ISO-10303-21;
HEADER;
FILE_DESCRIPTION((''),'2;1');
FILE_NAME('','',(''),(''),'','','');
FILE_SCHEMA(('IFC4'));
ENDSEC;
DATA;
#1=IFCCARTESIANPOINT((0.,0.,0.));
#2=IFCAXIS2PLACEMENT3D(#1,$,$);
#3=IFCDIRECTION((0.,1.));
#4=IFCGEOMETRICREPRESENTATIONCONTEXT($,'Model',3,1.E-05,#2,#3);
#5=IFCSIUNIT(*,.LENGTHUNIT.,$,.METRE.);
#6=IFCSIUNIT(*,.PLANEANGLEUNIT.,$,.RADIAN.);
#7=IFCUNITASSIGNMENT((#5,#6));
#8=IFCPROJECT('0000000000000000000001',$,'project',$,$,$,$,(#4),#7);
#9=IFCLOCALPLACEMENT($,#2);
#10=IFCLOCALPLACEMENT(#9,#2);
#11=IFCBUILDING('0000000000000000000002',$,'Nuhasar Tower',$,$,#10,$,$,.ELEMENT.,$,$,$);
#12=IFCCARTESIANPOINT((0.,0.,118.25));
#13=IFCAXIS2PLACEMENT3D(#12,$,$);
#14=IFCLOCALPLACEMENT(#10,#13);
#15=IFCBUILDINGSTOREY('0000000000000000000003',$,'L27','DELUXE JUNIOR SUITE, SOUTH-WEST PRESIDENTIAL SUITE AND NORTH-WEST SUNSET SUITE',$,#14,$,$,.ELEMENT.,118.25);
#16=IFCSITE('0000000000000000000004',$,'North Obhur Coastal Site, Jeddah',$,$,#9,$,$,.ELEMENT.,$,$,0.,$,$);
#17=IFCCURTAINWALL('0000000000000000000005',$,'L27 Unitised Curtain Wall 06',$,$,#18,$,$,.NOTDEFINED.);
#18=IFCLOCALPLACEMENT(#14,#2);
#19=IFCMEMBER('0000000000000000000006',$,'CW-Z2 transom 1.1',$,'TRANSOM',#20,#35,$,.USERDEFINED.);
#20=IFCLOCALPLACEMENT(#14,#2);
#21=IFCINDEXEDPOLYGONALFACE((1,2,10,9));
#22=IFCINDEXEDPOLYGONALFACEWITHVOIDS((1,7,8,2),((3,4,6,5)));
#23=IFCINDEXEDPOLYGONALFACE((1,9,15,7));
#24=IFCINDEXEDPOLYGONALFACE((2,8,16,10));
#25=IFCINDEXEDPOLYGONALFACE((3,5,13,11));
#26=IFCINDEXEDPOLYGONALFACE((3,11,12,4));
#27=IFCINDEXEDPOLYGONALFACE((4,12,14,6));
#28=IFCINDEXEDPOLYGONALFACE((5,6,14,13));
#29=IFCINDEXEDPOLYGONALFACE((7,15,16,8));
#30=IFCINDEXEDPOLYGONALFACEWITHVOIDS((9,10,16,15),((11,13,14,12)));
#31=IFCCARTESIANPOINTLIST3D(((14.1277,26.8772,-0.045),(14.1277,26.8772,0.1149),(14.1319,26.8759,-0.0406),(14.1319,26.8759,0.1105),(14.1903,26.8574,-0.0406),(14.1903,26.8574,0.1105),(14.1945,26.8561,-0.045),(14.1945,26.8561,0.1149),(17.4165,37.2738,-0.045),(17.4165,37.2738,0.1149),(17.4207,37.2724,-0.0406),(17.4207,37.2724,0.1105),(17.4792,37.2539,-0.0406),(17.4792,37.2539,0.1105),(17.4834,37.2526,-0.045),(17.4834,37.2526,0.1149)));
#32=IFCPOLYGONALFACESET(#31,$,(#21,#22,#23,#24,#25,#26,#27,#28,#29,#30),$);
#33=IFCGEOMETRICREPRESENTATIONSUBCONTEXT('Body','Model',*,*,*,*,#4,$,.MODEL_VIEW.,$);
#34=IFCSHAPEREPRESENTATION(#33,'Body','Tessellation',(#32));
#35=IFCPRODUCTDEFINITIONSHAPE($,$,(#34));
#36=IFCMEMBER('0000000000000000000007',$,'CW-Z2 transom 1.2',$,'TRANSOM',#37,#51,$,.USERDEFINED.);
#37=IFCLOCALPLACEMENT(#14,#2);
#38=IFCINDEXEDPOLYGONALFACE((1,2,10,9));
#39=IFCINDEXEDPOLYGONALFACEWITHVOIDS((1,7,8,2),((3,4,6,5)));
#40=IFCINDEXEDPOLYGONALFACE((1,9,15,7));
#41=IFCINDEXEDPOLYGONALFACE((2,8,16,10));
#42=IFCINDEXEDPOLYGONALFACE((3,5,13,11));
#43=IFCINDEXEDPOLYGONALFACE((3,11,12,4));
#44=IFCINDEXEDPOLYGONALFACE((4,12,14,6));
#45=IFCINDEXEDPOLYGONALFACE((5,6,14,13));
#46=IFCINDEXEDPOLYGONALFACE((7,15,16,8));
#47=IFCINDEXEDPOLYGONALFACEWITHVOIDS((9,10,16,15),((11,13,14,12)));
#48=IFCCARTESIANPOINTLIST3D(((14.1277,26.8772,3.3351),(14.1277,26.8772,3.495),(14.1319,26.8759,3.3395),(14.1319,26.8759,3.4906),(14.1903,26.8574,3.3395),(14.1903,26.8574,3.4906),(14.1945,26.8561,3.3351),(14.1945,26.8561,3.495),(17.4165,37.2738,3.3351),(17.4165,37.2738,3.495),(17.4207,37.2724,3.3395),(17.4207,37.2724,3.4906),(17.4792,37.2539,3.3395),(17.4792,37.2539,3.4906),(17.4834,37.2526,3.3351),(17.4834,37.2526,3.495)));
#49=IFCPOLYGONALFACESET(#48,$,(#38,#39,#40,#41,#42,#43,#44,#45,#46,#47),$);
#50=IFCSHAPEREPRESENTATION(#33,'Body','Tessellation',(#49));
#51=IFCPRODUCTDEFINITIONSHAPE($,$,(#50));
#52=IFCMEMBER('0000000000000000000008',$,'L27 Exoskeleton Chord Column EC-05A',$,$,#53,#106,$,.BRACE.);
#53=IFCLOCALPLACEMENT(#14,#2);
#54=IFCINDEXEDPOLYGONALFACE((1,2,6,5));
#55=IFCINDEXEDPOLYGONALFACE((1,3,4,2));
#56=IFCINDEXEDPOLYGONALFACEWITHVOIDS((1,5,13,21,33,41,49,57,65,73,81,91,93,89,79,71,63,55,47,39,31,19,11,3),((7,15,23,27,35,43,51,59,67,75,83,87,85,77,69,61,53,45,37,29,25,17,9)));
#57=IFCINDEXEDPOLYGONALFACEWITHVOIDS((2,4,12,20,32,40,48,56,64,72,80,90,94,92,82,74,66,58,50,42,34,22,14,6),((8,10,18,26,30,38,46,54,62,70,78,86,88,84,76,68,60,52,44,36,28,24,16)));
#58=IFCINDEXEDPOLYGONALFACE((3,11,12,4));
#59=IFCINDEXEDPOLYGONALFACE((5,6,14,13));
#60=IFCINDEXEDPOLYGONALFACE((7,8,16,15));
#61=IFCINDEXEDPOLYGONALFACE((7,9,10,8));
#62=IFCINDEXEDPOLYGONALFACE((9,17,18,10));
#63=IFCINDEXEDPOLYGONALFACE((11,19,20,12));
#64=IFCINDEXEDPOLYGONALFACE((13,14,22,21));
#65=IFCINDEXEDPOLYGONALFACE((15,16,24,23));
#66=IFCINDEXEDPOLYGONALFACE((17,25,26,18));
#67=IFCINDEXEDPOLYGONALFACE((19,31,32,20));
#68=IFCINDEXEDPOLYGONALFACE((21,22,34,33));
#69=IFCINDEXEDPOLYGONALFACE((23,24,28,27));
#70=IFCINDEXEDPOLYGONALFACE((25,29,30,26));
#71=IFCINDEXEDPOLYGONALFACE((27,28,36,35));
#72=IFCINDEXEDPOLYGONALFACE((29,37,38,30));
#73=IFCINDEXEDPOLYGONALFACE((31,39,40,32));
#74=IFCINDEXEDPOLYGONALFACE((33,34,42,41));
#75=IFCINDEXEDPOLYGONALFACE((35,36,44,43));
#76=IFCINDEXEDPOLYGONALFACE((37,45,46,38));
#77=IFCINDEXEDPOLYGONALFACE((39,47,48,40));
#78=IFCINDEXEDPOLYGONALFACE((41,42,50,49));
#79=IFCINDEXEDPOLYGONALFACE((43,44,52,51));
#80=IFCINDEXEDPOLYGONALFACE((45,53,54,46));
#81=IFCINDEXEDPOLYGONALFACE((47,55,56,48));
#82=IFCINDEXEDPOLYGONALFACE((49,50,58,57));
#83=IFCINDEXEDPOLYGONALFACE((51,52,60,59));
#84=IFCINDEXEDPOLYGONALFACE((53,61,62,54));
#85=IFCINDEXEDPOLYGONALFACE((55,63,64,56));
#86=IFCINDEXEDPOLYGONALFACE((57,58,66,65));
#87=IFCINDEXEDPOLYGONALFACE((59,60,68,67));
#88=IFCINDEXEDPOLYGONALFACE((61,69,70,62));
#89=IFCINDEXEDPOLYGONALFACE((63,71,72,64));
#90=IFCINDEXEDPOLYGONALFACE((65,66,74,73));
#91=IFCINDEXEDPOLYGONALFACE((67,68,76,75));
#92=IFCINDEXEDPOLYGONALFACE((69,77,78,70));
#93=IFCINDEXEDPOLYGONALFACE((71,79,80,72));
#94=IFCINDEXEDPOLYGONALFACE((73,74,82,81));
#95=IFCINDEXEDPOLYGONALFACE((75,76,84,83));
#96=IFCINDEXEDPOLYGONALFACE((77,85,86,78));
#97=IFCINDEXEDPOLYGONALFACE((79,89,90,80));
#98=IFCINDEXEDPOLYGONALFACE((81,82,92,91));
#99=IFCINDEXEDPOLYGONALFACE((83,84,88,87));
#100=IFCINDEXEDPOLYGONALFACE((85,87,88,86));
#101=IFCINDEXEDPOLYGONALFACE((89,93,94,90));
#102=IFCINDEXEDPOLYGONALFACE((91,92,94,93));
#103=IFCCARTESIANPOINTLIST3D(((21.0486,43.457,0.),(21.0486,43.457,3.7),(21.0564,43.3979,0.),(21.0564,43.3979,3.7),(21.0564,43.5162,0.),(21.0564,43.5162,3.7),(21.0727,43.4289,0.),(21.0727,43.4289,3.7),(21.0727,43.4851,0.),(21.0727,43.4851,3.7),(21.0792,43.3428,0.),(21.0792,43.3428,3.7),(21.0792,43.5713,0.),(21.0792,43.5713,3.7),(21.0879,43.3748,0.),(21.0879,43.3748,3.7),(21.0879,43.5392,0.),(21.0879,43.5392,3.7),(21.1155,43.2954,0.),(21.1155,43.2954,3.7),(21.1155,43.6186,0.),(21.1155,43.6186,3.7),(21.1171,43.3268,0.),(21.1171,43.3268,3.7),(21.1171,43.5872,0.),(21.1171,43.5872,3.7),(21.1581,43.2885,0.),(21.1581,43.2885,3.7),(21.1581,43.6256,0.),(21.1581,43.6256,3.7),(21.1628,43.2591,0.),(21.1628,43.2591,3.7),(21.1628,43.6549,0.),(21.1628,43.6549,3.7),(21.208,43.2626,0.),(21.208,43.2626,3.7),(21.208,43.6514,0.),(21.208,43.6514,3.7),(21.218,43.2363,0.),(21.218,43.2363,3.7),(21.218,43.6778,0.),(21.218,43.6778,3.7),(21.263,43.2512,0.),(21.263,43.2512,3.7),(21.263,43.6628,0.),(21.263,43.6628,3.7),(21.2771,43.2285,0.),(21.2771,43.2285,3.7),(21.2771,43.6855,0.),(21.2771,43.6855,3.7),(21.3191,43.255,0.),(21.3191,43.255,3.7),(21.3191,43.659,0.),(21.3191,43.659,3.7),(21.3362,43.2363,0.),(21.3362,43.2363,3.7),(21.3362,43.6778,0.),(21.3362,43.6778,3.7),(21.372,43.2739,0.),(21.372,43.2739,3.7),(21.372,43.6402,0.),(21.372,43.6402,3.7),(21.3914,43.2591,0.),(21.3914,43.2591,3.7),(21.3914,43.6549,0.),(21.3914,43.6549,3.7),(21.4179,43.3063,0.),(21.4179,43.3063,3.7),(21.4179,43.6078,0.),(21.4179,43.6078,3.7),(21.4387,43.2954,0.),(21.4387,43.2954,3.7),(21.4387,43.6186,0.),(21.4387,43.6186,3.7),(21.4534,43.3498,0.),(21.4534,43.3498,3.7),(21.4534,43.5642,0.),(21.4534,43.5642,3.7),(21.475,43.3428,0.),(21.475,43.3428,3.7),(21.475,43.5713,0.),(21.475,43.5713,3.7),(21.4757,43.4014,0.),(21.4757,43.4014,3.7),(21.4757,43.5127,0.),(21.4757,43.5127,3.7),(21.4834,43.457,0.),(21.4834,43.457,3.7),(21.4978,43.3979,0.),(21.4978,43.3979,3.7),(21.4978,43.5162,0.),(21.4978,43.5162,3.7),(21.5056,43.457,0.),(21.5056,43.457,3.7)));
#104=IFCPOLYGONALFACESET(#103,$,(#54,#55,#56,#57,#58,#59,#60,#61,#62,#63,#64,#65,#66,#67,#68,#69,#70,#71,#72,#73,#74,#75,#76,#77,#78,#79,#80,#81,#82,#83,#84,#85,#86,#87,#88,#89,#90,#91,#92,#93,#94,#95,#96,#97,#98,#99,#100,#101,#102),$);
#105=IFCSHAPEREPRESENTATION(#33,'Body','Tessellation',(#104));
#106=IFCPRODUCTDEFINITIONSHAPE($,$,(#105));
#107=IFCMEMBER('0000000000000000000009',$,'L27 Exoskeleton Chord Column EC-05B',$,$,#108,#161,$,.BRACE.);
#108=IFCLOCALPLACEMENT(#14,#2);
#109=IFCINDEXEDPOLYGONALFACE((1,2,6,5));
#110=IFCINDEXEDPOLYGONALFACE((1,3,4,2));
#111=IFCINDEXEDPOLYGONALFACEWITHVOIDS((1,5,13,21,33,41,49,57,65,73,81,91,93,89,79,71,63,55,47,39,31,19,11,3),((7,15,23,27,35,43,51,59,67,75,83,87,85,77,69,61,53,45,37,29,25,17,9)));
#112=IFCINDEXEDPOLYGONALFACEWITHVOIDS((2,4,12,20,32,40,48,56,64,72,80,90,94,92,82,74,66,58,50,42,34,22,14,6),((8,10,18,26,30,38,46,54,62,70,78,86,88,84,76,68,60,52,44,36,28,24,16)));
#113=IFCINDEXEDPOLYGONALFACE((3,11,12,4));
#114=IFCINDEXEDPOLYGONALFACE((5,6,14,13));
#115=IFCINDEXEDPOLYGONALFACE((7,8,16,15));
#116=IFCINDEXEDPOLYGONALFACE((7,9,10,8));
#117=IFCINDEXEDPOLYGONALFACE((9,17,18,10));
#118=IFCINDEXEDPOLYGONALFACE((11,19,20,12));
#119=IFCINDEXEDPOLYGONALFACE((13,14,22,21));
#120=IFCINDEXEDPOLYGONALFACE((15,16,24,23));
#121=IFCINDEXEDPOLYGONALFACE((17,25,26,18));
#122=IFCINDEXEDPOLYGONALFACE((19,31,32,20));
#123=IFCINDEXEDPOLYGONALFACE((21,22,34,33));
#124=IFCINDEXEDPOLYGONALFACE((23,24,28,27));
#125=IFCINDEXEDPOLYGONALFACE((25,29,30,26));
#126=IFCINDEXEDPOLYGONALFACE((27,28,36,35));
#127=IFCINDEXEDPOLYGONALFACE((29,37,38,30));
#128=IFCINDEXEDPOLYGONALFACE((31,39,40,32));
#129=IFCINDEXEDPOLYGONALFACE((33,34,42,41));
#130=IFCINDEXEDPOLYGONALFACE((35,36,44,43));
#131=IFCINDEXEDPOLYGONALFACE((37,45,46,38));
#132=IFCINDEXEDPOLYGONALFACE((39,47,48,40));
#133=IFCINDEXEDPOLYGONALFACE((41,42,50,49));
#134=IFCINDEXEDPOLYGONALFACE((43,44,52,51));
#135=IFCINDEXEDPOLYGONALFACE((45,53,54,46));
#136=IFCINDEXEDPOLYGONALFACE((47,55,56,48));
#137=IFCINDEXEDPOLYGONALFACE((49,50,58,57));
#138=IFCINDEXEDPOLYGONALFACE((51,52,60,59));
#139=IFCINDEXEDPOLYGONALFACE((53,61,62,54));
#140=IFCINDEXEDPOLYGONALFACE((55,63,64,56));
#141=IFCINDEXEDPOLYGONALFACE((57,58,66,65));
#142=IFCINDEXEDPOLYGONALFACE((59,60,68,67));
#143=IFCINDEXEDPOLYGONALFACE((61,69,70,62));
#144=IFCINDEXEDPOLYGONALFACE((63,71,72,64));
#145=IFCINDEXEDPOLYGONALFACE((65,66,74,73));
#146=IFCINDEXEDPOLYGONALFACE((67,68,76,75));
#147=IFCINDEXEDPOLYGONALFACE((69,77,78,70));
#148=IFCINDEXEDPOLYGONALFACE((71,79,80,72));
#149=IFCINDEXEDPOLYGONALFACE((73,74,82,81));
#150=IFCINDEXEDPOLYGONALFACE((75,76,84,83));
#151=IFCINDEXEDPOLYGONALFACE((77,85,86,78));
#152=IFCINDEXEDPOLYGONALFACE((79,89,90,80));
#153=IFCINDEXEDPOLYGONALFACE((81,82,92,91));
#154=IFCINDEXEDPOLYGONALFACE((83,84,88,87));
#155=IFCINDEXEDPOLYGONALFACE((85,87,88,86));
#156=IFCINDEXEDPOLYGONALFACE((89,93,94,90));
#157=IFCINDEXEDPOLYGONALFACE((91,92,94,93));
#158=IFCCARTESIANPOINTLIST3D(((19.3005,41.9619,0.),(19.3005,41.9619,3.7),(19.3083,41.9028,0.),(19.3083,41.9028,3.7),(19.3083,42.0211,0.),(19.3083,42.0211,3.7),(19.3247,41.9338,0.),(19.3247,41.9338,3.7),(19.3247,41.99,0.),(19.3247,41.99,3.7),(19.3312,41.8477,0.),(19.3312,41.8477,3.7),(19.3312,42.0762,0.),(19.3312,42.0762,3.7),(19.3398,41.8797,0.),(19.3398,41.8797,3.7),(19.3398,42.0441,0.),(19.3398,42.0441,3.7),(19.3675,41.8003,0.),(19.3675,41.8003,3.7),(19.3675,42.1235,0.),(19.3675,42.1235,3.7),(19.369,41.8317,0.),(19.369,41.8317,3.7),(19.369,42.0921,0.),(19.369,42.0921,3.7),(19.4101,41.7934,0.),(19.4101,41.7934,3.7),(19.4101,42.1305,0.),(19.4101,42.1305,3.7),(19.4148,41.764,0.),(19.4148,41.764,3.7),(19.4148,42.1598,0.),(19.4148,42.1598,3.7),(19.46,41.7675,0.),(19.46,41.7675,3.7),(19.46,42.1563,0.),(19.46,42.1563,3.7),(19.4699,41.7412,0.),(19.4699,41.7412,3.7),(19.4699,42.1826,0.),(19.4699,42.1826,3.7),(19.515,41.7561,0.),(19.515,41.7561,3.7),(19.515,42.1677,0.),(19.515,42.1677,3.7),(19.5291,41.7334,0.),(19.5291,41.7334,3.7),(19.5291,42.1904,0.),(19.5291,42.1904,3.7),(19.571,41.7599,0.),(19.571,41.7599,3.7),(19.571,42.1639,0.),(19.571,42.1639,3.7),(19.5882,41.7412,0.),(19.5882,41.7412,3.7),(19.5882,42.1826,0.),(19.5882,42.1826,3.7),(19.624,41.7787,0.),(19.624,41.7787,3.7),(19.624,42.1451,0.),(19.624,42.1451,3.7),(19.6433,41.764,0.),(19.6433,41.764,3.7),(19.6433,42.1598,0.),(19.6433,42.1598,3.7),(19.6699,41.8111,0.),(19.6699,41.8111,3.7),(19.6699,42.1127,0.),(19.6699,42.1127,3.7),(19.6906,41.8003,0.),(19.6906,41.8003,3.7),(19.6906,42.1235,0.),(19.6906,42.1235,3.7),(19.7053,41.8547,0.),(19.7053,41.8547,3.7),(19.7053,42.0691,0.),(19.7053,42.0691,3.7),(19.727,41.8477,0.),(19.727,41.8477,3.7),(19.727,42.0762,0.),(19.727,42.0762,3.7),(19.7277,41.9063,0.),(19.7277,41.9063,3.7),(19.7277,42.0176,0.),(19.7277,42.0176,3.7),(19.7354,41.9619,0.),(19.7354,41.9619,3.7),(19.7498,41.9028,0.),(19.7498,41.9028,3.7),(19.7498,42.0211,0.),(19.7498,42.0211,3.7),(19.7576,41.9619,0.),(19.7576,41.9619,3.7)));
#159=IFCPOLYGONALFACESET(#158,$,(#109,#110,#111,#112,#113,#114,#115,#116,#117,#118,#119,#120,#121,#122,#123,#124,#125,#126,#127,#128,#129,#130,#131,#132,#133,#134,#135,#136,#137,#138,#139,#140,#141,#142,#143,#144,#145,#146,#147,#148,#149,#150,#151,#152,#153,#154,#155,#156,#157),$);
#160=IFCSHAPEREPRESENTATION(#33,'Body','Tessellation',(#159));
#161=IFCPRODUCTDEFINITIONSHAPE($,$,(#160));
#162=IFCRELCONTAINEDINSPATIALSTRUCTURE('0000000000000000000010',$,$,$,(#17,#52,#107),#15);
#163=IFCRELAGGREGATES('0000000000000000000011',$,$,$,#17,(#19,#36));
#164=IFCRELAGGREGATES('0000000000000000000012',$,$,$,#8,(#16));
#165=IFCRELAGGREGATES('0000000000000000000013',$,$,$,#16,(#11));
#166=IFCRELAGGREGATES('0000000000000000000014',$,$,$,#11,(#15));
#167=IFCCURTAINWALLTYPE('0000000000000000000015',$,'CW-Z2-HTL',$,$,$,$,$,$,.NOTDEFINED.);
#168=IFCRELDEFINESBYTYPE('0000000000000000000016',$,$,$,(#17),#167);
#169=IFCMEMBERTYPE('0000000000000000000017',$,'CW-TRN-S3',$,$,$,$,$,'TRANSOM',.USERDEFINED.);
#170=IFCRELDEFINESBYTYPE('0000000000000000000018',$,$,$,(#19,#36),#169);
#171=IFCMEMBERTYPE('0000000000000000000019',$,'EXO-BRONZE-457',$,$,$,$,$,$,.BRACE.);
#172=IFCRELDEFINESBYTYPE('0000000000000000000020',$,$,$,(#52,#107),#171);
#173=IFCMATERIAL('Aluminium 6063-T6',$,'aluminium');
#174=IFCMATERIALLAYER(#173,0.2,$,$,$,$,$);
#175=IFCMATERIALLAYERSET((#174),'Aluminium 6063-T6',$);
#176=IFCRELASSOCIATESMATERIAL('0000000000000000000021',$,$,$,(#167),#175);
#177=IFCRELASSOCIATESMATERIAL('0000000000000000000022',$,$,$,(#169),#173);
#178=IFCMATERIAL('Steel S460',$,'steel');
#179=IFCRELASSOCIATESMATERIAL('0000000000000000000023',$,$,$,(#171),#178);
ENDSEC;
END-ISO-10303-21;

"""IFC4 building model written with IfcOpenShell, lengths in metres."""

from ifc_helpers import new_model, si_unit, direction, frame, origin, origin_2d, place, context, subcontext, project, spatial, hollow_rectangle, hollow_circle, extrude, material, layer, layer_set, material_profile, profile_set, type_object, element, aggregate, save


model = new_model("IFC4")

# Units and contexts
model_context = context("Model", 3, precision=1e-05, world=origin(), true_north=direction((0.0, 1.0)))
body_context = subcontext(model_context, "Body", "Model", "MODEL_VIEW")
ifc_project = project(units=[si_unit("LENGTHUNIT", "METRE"), si_unit("PLANEANGLEUNIT", "RADIAN")], contexts=[model_context])

# Site, building, storey
site_placement = place(None, origin())
site = spatial("IfcSite", under=ifc_project, at=site_placement, Name="North Obhur Coastal Site, Jeddah", CompositionType="ELEMENT", RefElevation=0.0)
building_placement = place(site_placement, origin())
building = spatial("IfcBuilding", under=site, at=building_placement, Name="Nuhasar Tower", CompositionType="ELEMENT")
storey_placement = place(building_placement, frame((0.0, 0.0, 118.25)))
storey = spatial("IfcBuildingStorey", under=building, at=storey_placement, Name="L27", Description="DELUXE JUNIOR SUITE, SOUTH-WEST PRESIDENTIAL SUITE AND NORTH-WEST SUNSET SUITE", CompositionType="ELEMENT", Elevation=118.25)

# Shared definitions
ifc_material_1 = material(Name="Aluminium 6063-T6", Category="aluminium")
ifc_layer_1 = layer(ifc_material_1, 0.2)
ifc_layer_set_1 = layer_set([ifc_layer_1], Name="Aluminium 6063-T6")
curtain_wall_type = type_object("IfcCurtainWallType", Name="CW-Z2-HTL", PredefinedType="NOTDEFINED", material=ifc_layer_set_1)

# Curtain wall
curtain_wall_1_placement = place(storey_placement, origin())
curtain_wall_1 = element("IfcCurtainWall", 1, at=curtain_wall_1_placement, inside=storey, type_object=curtain_wall_type, Name="L27 Unitised Curtain Wall 06", PredefinedType="NOTDEFINED")

# Members
ifc_material_profile_1 = material_profile(ifc_material_1, hollow_rectangle(XDim=0.0701, YDim=0.1599, WallThickness=0.0044, at=origin_2d()), Name="CWT-3")
ifc_profile_set_1 = profile_set([ifc_material_profile_1], Name="Aluminium 6063-T6")
member_type_1 = type_object("IfcMemberType", Name="CW-TRN-S3", ElementType="TRANSOM", PredefinedType="USERDEFINED", material=ifc_profile_set_1)
member_1_placement = place(storey_placement, frame((17.45, 37.2632, 0.0349), z_axis=(-0.301608, -0.953432, 0.0), x_axis=(0.953432, -0.301608, 0.0)))
member_1 = element("IfcMember", 2, at=member_1_placement, type_object=member_type_1, Name="CW-Z2 transom 1.1", ObjectType="TRANSOM", PredefinedType="USERDEFINED", context=body_context, shape_type="SweptSolid", body=[
    extrude(hollow_rectangle(XDim=0.0701, YDim=0.1599, WallThickness=0.0044, at=origin_2d()), origin(), (0.0, 0.0, 1.0), 10.9043),
])
member_2_placement = place(storey_placement, frame((17.45, 37.2632, 3.415), z_axis=(-0.301608, -0.953432, 0.0), x_axis=(0.953432, -0.301608, 0.0)))
member_2 = element("IfcMember", 3, at=member_2_placement, type_object=member_type_1, Name="CW-Z2 transom 1.2", ObjectType="TRANSOM", PredefinedType="USERDEFINED", context=body_context, shape_type="SweptSolid", body=[
    extrude(hollow_rectangle(XDim=0.0701, YDim=0.1599, WallThickness=0.0044, at=origin_2d()), origin(), (0.0, 0.0, 1.0), 10.9043),
])
aggregate(curtain_wall_1, [member_1, member_2])

# Members
ifc_material_2 = material(Name="Steel S460", Category="steel")
ifc_material_profile_2 = material_profile(ifc_material_2, hollow_circle(Radius=0.2285, WallThickness=0.0222, at=origin_2d()), Name="HSS457X22.2")
ifc_profile_set_2 = profile_set([ifc_material_profile_2], Name="Steel S460")
member_type_2 = type_object("IfcMemberType", Name="EXO-BRONZE-457", PredefinedType="BRACE", material=ifc_profile_set_2)
for number, where, z_axis, x_axis, name in (
    (4, (21.2771, 43.457, 0.0), (0.0, 0.0, 1.0), (1.0, 0.0, 0.0), "L27 Exoskeleton Chord Column EC-05A"),
    (5, (19.5291, 41.9619, 0.0), (0.0, 0.0, 1.0), (1.0, 0.0, 0.0), "L27 Exoskeleton Chord Column EC-05B"),
):
    element("IfcMember", number, at=place(storey_placement, frame(where, z_axis=z_axis, x_axis=x_axis)), inside=storey, type_object=member_type_2, Name=name, PredefinedType="BRACE", context=body_context, shape_type="SweptSolid", body=[
        extrude(hollow_circle(Radius=0.2285, WallThickness=0.0222, at=origin_2d()), origin(), (0.0, 0.0, 1.0), 3.7),
    ])

save(model, "model.ifc")
